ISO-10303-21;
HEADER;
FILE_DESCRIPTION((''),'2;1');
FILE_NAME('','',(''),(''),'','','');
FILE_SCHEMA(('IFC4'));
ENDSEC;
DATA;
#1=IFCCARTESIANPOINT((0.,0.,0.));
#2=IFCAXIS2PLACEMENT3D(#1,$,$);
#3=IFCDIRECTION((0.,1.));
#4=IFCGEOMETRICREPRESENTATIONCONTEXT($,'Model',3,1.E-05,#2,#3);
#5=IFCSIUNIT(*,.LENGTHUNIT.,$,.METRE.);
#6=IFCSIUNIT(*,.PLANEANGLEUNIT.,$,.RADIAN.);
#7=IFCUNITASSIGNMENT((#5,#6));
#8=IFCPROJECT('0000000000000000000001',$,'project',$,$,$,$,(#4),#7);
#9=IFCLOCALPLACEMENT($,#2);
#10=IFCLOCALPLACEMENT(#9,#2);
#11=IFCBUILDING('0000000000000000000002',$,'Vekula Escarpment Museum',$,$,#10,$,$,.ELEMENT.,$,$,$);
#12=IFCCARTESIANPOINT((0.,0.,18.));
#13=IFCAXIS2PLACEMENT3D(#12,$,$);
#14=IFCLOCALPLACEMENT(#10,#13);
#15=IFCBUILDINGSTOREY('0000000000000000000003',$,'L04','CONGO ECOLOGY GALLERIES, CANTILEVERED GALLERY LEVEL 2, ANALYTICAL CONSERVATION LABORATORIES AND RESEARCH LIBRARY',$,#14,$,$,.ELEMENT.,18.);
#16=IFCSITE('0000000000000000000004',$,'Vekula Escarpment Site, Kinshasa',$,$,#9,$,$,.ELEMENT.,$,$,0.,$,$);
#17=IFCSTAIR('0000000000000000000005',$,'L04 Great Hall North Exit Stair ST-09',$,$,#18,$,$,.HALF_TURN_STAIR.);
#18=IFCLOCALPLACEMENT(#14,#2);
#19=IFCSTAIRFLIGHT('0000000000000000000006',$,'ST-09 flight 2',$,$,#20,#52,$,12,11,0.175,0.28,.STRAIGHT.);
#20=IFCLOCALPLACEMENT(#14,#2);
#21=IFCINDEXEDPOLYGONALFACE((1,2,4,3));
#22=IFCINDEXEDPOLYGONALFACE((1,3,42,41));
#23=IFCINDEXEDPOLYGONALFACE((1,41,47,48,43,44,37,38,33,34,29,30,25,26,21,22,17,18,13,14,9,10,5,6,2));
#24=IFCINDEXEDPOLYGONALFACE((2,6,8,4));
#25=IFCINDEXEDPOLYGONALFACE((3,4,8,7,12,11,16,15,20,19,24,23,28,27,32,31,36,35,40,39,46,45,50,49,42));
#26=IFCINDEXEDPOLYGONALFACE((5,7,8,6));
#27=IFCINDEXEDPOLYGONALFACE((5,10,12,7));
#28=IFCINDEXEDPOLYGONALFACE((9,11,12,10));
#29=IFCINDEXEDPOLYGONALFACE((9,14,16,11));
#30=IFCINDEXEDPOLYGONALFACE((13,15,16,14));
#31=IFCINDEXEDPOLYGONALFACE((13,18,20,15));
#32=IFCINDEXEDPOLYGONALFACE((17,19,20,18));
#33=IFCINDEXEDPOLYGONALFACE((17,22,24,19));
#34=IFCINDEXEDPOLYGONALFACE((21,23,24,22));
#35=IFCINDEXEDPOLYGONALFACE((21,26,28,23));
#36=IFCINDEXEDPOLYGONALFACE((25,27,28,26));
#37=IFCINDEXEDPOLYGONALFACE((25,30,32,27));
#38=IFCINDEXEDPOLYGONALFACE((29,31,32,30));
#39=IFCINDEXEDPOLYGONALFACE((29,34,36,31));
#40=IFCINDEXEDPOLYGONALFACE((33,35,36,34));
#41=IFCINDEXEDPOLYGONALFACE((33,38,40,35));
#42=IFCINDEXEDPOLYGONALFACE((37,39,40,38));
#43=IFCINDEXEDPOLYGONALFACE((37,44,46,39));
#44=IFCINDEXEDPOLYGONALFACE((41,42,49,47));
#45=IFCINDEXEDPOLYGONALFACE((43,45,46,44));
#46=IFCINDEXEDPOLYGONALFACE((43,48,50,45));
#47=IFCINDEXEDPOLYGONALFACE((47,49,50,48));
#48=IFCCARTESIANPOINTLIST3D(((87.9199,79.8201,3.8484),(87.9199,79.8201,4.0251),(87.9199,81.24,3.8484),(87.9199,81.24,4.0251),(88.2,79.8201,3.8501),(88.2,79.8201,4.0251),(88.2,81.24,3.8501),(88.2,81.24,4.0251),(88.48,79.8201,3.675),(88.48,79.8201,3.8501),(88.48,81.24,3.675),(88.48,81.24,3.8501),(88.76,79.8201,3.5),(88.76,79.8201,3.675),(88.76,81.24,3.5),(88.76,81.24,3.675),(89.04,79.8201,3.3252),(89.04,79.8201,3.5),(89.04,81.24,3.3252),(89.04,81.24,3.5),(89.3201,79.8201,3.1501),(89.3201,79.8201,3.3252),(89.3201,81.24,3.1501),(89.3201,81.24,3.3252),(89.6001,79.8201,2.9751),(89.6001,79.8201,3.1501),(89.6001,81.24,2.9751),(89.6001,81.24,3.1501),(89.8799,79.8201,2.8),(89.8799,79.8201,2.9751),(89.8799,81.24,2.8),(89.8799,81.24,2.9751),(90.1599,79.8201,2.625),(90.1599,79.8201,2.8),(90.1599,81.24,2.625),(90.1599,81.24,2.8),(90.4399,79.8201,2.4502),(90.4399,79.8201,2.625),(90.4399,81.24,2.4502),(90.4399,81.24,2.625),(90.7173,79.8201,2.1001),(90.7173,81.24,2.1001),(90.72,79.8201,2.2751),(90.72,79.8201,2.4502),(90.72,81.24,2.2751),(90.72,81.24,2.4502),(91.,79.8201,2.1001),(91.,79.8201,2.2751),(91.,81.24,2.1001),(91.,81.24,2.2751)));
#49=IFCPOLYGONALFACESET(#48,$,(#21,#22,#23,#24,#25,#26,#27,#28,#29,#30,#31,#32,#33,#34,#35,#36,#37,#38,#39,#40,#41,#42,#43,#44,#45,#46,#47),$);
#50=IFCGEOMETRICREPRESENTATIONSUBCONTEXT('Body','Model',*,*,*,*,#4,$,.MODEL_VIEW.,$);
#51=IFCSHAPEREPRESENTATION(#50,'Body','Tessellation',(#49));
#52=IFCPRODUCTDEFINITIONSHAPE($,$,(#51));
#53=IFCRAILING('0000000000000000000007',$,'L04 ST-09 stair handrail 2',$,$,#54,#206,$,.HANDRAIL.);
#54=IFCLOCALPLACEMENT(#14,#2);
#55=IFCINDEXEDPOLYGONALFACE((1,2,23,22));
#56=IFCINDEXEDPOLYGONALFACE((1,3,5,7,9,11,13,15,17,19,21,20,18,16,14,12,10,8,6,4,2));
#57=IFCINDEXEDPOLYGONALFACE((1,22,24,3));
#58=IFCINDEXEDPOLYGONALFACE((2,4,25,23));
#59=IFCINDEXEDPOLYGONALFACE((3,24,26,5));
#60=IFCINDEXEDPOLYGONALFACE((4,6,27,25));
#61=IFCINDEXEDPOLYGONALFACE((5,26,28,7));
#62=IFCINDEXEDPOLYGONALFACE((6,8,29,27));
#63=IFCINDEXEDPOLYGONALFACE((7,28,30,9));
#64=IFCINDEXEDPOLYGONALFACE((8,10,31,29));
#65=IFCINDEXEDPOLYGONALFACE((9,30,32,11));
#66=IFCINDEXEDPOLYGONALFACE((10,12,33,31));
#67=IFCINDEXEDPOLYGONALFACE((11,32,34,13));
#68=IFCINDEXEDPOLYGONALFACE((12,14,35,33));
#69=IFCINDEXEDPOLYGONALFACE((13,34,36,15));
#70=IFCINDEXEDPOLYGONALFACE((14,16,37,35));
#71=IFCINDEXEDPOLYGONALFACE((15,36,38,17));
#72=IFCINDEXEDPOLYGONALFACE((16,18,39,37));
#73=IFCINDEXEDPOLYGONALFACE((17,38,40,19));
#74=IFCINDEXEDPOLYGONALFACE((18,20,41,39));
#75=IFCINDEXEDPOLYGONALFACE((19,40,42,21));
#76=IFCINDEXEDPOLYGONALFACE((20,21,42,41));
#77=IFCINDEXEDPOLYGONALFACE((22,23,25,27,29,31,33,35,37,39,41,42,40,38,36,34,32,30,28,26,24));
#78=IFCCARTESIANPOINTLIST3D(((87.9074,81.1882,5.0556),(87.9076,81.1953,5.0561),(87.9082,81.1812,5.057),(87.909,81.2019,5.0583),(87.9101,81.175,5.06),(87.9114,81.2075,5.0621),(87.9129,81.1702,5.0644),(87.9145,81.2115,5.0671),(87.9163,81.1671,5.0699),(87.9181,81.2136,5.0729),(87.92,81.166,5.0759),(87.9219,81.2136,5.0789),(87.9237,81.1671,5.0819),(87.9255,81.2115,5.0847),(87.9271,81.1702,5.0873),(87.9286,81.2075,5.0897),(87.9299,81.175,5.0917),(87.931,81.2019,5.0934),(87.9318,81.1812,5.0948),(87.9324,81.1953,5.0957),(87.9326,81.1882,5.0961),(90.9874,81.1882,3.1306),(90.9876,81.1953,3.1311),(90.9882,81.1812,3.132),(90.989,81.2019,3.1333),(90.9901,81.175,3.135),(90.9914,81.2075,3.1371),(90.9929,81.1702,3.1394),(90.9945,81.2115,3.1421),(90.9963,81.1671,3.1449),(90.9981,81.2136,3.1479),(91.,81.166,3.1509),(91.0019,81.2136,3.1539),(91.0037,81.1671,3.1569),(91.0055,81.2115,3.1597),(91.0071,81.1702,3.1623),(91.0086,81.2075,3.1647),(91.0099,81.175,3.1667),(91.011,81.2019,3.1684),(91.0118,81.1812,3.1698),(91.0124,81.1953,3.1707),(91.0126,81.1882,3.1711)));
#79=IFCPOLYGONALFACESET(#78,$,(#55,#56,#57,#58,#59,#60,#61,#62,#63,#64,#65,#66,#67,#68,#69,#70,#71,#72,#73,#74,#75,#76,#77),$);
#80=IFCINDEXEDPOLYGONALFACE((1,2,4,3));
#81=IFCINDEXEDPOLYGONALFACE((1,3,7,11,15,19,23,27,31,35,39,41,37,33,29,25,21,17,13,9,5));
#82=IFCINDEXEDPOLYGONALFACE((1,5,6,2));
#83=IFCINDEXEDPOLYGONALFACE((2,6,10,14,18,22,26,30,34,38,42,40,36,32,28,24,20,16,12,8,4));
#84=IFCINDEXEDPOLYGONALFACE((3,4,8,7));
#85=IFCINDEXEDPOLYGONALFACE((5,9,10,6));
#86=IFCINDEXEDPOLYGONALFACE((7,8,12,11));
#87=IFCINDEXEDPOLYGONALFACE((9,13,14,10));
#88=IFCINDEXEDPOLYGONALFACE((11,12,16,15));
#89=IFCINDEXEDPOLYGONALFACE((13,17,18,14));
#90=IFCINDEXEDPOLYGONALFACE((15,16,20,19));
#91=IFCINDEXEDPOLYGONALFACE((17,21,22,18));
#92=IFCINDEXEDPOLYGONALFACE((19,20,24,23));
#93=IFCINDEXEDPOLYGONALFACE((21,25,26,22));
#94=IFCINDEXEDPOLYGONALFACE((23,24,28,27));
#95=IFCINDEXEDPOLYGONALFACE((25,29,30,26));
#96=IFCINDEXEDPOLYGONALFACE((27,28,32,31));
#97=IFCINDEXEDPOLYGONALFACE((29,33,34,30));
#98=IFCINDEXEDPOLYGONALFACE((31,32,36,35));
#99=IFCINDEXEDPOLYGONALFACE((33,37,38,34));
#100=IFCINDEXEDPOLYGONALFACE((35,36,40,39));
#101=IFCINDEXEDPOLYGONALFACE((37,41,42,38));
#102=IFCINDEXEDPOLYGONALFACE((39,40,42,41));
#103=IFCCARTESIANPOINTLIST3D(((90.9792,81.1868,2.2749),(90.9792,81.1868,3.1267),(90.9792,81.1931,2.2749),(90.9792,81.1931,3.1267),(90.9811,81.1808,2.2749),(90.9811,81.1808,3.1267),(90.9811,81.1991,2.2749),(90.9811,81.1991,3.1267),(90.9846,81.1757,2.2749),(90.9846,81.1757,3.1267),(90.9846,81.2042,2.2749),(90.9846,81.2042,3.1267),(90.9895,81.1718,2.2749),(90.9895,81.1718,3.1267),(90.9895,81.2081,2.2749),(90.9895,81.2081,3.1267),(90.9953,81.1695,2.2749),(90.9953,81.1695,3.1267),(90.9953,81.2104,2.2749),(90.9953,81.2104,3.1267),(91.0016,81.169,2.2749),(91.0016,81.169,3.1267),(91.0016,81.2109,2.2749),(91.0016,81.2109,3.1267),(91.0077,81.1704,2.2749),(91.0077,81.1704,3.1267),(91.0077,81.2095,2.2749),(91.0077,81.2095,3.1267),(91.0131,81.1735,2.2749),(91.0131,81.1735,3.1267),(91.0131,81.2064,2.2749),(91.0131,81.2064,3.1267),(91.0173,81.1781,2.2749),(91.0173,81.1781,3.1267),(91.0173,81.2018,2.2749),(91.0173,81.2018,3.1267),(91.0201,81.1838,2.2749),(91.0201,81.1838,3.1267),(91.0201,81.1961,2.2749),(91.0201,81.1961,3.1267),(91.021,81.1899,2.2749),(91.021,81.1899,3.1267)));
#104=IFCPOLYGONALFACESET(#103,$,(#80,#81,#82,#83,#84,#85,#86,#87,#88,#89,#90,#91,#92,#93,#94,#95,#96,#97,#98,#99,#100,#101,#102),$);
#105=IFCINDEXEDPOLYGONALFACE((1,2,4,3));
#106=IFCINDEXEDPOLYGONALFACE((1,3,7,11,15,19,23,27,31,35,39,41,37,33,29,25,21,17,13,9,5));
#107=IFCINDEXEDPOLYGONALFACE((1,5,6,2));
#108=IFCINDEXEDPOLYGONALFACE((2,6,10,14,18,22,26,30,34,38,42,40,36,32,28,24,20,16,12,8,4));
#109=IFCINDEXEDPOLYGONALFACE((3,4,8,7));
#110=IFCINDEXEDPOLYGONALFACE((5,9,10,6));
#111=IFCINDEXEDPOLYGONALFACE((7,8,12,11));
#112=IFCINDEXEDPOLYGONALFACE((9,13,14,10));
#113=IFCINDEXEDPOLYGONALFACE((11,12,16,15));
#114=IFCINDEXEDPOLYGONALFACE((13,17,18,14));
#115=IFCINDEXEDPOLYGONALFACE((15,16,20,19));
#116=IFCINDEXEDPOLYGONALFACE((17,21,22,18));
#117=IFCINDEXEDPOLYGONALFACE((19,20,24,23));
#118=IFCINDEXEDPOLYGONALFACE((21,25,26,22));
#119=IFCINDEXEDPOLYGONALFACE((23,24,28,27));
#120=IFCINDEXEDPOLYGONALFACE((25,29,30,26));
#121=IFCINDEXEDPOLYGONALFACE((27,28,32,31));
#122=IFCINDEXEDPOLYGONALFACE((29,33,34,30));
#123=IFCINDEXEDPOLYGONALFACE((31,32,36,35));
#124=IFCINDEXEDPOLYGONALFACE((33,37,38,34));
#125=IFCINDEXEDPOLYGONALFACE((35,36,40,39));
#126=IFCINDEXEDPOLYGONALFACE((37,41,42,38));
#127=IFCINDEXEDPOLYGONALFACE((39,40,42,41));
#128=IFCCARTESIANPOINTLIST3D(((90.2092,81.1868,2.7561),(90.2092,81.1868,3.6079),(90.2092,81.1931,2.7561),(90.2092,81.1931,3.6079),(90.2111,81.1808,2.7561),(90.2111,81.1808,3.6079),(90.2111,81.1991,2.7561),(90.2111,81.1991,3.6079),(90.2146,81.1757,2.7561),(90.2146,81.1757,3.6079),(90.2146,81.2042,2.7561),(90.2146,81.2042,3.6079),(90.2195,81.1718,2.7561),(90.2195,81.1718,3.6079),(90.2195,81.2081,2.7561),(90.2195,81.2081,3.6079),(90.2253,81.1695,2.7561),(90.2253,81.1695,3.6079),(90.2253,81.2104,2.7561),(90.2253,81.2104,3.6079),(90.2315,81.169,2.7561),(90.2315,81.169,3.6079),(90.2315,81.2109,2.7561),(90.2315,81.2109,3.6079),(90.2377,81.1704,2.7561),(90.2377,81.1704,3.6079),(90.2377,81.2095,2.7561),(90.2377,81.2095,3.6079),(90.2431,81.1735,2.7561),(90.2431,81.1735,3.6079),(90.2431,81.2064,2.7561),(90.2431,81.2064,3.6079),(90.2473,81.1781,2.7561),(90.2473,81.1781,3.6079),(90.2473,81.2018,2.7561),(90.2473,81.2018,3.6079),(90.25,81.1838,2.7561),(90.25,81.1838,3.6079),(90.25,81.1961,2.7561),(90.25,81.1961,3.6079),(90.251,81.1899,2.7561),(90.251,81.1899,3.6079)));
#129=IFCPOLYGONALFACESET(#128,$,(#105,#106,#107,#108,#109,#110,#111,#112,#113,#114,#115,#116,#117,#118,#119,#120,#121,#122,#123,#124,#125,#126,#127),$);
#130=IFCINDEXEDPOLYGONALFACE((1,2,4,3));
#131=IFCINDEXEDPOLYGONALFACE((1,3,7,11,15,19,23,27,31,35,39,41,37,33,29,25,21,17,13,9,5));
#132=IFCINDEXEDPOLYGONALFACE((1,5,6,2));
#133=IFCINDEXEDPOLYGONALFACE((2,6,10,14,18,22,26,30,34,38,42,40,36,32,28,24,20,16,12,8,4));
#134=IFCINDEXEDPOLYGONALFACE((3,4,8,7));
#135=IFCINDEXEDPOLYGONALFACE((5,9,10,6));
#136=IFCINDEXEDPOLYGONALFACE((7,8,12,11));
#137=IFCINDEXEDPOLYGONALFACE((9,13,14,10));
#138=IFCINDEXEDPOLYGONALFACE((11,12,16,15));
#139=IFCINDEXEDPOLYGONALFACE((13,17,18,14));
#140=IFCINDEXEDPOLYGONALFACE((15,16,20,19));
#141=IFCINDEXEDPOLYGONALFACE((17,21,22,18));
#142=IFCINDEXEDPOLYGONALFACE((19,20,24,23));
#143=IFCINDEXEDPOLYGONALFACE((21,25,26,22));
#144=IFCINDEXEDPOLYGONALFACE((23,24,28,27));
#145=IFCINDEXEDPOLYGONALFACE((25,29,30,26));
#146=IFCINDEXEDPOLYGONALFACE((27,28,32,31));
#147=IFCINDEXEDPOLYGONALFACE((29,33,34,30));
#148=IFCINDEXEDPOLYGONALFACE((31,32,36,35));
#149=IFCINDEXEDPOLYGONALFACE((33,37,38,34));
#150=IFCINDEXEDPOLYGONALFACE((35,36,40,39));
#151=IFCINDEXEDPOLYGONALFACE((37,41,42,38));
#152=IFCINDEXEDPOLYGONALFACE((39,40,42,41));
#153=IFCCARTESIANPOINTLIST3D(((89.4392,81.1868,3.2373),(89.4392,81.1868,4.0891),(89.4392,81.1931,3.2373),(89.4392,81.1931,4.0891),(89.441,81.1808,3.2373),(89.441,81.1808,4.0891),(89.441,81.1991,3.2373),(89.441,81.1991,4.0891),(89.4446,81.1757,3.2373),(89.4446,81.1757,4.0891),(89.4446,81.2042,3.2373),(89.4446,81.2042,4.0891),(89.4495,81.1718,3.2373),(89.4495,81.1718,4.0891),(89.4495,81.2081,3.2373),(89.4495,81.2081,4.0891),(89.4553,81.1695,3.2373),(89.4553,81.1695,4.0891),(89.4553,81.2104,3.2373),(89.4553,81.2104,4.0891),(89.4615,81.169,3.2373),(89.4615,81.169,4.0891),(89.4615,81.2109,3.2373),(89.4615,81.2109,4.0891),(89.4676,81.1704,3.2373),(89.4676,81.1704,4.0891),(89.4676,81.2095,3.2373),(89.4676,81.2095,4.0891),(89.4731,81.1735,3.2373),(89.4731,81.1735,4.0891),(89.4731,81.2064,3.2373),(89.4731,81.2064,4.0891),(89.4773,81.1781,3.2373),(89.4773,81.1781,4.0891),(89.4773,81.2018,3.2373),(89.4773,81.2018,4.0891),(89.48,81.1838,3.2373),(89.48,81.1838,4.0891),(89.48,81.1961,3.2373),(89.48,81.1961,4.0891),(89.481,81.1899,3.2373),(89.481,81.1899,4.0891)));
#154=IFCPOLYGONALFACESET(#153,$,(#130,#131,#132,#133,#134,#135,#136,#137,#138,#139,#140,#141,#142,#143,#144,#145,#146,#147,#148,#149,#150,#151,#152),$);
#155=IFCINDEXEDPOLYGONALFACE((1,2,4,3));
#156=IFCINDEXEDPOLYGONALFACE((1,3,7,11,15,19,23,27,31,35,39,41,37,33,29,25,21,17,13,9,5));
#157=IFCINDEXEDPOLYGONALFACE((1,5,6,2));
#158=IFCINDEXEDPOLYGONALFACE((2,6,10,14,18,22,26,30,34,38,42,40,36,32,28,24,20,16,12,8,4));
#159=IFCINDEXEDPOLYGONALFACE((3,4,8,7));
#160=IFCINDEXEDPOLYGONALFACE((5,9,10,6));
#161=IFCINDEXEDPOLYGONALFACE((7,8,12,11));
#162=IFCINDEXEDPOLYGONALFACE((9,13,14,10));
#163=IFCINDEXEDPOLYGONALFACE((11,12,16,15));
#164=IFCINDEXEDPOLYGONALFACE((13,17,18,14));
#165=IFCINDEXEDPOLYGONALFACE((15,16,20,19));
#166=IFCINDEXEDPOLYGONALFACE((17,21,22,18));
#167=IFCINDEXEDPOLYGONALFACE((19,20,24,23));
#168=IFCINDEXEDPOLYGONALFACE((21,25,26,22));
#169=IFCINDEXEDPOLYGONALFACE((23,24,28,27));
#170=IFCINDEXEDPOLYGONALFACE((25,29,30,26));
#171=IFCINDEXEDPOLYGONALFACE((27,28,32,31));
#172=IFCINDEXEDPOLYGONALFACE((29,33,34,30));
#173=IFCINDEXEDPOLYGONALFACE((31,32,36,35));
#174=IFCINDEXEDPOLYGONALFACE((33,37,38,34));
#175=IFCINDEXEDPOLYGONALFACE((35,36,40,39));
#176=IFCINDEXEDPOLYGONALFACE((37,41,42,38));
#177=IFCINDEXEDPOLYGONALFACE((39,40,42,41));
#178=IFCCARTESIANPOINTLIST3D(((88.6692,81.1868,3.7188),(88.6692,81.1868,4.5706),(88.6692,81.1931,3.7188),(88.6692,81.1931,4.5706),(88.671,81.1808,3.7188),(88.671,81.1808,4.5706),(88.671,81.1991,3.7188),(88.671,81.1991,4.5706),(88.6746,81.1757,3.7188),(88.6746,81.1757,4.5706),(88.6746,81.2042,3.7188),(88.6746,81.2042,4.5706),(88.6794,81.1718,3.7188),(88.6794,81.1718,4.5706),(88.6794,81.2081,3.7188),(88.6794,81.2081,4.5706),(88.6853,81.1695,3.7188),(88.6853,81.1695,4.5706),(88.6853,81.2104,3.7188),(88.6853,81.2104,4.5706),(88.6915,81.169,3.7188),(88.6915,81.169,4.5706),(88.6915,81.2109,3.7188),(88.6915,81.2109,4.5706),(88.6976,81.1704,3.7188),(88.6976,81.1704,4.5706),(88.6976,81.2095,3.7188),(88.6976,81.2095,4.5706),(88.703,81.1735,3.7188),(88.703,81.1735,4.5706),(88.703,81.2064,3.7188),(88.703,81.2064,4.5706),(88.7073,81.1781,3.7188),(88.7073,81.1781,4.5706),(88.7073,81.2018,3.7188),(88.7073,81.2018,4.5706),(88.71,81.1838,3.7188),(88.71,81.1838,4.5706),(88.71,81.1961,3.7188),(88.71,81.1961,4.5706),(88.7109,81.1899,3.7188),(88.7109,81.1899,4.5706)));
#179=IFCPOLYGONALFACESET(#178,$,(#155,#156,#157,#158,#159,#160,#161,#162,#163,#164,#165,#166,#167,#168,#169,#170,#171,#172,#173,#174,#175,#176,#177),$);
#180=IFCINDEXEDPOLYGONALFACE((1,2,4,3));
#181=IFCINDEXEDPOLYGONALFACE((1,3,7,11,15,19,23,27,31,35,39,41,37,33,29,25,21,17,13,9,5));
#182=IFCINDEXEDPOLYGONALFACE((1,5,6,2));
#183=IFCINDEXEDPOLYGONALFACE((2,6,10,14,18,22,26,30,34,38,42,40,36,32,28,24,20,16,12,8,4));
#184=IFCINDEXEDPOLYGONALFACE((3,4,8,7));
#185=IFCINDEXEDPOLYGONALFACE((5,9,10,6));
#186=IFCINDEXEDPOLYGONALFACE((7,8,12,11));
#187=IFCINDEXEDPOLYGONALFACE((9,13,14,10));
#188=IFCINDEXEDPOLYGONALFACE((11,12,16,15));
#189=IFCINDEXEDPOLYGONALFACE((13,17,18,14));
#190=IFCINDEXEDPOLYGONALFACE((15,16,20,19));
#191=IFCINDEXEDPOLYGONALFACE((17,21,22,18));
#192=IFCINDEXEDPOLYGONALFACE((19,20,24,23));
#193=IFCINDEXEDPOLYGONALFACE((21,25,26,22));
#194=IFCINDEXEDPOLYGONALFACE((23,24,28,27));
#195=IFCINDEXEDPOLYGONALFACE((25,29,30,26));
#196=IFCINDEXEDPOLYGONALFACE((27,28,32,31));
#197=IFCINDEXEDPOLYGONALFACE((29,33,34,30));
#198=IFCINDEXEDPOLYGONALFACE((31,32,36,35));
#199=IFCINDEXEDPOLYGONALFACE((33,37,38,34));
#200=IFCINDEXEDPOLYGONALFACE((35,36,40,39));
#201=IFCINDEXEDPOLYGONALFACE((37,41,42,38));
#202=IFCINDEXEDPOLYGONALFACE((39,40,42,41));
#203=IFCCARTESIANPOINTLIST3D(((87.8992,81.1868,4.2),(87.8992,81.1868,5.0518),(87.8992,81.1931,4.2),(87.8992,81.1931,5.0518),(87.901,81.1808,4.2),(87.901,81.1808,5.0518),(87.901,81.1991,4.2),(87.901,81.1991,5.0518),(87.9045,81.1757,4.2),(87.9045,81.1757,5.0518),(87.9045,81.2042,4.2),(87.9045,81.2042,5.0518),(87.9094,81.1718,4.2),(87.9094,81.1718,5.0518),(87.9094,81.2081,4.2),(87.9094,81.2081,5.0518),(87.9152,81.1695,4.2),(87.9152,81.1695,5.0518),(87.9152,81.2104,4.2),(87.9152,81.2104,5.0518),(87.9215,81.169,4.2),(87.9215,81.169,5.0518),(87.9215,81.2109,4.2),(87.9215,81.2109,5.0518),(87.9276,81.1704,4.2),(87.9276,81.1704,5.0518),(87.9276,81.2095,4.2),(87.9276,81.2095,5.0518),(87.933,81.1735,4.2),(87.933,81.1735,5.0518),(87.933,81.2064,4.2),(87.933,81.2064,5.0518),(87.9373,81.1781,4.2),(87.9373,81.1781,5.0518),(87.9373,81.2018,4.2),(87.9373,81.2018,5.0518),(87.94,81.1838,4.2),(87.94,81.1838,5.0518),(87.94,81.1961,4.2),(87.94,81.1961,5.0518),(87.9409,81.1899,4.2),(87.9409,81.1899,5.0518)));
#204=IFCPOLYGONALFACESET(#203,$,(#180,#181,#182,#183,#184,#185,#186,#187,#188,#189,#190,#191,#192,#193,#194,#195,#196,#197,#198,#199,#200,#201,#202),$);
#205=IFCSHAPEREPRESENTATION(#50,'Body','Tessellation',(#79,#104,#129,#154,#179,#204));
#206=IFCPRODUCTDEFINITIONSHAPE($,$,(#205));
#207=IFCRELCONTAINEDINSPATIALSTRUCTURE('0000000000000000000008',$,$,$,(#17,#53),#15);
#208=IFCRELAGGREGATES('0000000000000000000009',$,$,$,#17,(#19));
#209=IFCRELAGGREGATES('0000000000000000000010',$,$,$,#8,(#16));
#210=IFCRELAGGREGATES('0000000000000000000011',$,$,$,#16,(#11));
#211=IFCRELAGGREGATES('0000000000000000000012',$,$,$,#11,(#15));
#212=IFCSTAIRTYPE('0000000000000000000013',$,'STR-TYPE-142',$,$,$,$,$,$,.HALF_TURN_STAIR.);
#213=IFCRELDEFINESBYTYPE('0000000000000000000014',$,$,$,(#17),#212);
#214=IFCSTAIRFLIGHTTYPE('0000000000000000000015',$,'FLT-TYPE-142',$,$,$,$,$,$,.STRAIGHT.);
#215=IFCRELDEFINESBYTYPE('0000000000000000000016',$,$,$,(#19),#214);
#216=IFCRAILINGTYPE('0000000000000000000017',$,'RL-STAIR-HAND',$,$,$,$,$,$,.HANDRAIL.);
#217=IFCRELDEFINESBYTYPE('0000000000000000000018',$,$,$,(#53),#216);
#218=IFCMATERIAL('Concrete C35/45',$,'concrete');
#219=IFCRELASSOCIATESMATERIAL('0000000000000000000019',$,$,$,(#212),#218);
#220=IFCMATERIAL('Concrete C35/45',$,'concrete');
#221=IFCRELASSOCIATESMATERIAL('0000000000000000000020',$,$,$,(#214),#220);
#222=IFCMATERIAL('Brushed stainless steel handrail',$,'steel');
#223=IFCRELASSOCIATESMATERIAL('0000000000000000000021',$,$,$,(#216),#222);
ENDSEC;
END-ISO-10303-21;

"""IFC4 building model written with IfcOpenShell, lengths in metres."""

from ifc_helpers import new_model, si_unit, direction, frame, origin, origin_2d, place, context, subcontext, project, spatial, polyline, circle, outline, extrude, material, type_object, element, aggregate, save


model = new_model("IFC4")

# Units and contexts
model_context = context("Model", 3, precision=1e-05, world=origin(), true_north=direction((0.0, 1.0)))
body_context = subcontext(model_context, "Body", "Model", "MODEL_VIEW")
ifc_project = project(units=[si_unit("LENGTHUNIT", "METRE"), si_unit("PLANEANGLEUNIT", "RADIAN")], contexts=[model_context])

# Site, building, storey
site_placement = place(None, origin())
site = spatial("IfcSite", under=ifc_project, at=site_placement, Name="Vekula Escarpment Site, Kinshasa", CompositionType="ELEMENT", RefElevation=0.0)
building_placement = place(site_placement, origin())
building = spatial("IfcBuilding", under=site, at=building_placement, Name="Vekula Escarpment Museum", CompositionType="ELEMENT")
storey_placement = place(building_placement, frame((0.0, 0.0, 18.0)))
storey = spatial("IfcBuildingStorey", under=building, at=storey_placement, Name="L04", Description="CONGO ECOLOGY GALLERIES, CANTILEVERED GALLERY LEVEL 2, ANALYTICAL CONSERVATION LABORATORIES AND RESEARCH LIBRARY", CompositionType="ELEMENT", Elevation=18.0)

# Stair, stair flight
ifc_material_1 = material(Name="Concrete C35/45", Category="concrete")
stair_type = type_object("IfcStairType", Name="STR-TYPE-142", PredefinedType="HALF_TURN_STAIR", material=ifc_material_1)
stair_placement = place(storey_placement, origin())
stair = element("IfcStair", 1, at=stair_placement, inside=storey, type_object=stair_type, Name="L04 Great Hall North Exit Stair ST-09", PredefinedType="HALF_TURN_STAIR")
ifc_material_2 = material(Name="Concrete C35/45", Category="concrete")
stair_flight_type = type_object("IfcStairFlightType", Name="FLT-TYPE-142", PredefinedType="STRAIGHT", material=ifc_material_2)
stair_flight_placement = place(storey_placement, frame((91.0, 80.53, 2.1001), z_axis=(0.0, 0.0, 1.0), x_axis=(-1.0, 0.0, 0.0)))
stair_flight = element("IfcStairFlight", 2, at=stair_flight_placement, type_object=stair_flight_type, Name="ST-09 flight 2", NumberOfRisers=12, NumberOfTreads=11, PredefinedType="STRAIGHT", RiserHeight=0.175, TreadLength=0.28, context=body_context, shape_type="SweptSolid", body=[
    extrude(outline(polyline([(0.0, 0.0), (0.0, 0.175), (0.28, 0.175), (0.28, 0.3501), (0.5601, 0.3501), (0.5601, 0.5249), (0.8401, 0.5249), (0.8401, 0.7), (1.1201, 0.7), (1.1201, 0.875), (1.3999, 0.875), (1.3999, 1.05), (1.6799, 1.05), (1.6799, 1.2251), (1.96, 1.2251), (1.96, 1.3999), (2.24, 1.3999), (2.24, 1.575), (2.52, 1.575), (2.52, 1.75), (2.8, 1.75), (2.8, 1.925), (3.0801, 1.925), (3.0801, 2.1001), (3.0801, 1.7483), (0.2827, 0.0), (0.0, 0.0)])), frame((0.0, 0.71, 0.0), z_axis=(0.0, -1.0, 0.0), x_axis=(1.0, 0.0, 0.0)), (0.0, 0.0, 1.0), 1.4199),
])
aggregate(stair, [stair_flight])

# Railing
ifc_material_3 = material(Name="Brushed stainless steel handrail", Category="steel")
railing_type = type_object("IfcRailingType", Name="RL-STAIR-HAND", PredefinedType="HANDRAIL", material=ifc_material_3)
railing_placement = place(storey_placement, frame((91.0, 81.1899, 2.2749)))
element("IfcRailing", 3, at=railing_placement, inside=storey, type_object=railing_type, Name="L04 ST-09 stair handrail 2", PredefinedType="HANDRAIL", context=body_context, shape_type="SweptSolid", body=[
    extrude(circle(Radius=0.0239, at=origin_2d()), frame((0.0, 0.0, 0.876), z_axis=(-0.847998, 0.0, 0.529999), x_axis=(0.0, -1.0, 0.0)), (0.0, 0.0, 1.0), 3.6321),
    extrude(circle(Radius=0.021, at=origin_2d()), origin(), (0.0, 0.0, 1.0), 0.8518),
    extrude(circle(Radius=0.021, at=origin_2d()), frame((-0.77, 0.0, 0.4812)), (0.0, 0.0, 1.0), 0.8518),
    extrude(circle(Radius=0.021, at=origin_2d()), frame((-1.54, 0.0, 0.9624)), (0.0, 0.0, 1.0), 0.8518),
    extrude(circle(Radius=0.021, at=origin_2d()), frame((-2.3101, 0.0, 1.4438)), (0.0, 0.0, 1.0), 0.8518),
    extrude(circle(Radius=0.021, at=origin_2d()), frame((-3.0801, 0.0, 1.925)), (0.0, 0.0, 1.0), 0.8518),
])

save(model, "model.ifc")
